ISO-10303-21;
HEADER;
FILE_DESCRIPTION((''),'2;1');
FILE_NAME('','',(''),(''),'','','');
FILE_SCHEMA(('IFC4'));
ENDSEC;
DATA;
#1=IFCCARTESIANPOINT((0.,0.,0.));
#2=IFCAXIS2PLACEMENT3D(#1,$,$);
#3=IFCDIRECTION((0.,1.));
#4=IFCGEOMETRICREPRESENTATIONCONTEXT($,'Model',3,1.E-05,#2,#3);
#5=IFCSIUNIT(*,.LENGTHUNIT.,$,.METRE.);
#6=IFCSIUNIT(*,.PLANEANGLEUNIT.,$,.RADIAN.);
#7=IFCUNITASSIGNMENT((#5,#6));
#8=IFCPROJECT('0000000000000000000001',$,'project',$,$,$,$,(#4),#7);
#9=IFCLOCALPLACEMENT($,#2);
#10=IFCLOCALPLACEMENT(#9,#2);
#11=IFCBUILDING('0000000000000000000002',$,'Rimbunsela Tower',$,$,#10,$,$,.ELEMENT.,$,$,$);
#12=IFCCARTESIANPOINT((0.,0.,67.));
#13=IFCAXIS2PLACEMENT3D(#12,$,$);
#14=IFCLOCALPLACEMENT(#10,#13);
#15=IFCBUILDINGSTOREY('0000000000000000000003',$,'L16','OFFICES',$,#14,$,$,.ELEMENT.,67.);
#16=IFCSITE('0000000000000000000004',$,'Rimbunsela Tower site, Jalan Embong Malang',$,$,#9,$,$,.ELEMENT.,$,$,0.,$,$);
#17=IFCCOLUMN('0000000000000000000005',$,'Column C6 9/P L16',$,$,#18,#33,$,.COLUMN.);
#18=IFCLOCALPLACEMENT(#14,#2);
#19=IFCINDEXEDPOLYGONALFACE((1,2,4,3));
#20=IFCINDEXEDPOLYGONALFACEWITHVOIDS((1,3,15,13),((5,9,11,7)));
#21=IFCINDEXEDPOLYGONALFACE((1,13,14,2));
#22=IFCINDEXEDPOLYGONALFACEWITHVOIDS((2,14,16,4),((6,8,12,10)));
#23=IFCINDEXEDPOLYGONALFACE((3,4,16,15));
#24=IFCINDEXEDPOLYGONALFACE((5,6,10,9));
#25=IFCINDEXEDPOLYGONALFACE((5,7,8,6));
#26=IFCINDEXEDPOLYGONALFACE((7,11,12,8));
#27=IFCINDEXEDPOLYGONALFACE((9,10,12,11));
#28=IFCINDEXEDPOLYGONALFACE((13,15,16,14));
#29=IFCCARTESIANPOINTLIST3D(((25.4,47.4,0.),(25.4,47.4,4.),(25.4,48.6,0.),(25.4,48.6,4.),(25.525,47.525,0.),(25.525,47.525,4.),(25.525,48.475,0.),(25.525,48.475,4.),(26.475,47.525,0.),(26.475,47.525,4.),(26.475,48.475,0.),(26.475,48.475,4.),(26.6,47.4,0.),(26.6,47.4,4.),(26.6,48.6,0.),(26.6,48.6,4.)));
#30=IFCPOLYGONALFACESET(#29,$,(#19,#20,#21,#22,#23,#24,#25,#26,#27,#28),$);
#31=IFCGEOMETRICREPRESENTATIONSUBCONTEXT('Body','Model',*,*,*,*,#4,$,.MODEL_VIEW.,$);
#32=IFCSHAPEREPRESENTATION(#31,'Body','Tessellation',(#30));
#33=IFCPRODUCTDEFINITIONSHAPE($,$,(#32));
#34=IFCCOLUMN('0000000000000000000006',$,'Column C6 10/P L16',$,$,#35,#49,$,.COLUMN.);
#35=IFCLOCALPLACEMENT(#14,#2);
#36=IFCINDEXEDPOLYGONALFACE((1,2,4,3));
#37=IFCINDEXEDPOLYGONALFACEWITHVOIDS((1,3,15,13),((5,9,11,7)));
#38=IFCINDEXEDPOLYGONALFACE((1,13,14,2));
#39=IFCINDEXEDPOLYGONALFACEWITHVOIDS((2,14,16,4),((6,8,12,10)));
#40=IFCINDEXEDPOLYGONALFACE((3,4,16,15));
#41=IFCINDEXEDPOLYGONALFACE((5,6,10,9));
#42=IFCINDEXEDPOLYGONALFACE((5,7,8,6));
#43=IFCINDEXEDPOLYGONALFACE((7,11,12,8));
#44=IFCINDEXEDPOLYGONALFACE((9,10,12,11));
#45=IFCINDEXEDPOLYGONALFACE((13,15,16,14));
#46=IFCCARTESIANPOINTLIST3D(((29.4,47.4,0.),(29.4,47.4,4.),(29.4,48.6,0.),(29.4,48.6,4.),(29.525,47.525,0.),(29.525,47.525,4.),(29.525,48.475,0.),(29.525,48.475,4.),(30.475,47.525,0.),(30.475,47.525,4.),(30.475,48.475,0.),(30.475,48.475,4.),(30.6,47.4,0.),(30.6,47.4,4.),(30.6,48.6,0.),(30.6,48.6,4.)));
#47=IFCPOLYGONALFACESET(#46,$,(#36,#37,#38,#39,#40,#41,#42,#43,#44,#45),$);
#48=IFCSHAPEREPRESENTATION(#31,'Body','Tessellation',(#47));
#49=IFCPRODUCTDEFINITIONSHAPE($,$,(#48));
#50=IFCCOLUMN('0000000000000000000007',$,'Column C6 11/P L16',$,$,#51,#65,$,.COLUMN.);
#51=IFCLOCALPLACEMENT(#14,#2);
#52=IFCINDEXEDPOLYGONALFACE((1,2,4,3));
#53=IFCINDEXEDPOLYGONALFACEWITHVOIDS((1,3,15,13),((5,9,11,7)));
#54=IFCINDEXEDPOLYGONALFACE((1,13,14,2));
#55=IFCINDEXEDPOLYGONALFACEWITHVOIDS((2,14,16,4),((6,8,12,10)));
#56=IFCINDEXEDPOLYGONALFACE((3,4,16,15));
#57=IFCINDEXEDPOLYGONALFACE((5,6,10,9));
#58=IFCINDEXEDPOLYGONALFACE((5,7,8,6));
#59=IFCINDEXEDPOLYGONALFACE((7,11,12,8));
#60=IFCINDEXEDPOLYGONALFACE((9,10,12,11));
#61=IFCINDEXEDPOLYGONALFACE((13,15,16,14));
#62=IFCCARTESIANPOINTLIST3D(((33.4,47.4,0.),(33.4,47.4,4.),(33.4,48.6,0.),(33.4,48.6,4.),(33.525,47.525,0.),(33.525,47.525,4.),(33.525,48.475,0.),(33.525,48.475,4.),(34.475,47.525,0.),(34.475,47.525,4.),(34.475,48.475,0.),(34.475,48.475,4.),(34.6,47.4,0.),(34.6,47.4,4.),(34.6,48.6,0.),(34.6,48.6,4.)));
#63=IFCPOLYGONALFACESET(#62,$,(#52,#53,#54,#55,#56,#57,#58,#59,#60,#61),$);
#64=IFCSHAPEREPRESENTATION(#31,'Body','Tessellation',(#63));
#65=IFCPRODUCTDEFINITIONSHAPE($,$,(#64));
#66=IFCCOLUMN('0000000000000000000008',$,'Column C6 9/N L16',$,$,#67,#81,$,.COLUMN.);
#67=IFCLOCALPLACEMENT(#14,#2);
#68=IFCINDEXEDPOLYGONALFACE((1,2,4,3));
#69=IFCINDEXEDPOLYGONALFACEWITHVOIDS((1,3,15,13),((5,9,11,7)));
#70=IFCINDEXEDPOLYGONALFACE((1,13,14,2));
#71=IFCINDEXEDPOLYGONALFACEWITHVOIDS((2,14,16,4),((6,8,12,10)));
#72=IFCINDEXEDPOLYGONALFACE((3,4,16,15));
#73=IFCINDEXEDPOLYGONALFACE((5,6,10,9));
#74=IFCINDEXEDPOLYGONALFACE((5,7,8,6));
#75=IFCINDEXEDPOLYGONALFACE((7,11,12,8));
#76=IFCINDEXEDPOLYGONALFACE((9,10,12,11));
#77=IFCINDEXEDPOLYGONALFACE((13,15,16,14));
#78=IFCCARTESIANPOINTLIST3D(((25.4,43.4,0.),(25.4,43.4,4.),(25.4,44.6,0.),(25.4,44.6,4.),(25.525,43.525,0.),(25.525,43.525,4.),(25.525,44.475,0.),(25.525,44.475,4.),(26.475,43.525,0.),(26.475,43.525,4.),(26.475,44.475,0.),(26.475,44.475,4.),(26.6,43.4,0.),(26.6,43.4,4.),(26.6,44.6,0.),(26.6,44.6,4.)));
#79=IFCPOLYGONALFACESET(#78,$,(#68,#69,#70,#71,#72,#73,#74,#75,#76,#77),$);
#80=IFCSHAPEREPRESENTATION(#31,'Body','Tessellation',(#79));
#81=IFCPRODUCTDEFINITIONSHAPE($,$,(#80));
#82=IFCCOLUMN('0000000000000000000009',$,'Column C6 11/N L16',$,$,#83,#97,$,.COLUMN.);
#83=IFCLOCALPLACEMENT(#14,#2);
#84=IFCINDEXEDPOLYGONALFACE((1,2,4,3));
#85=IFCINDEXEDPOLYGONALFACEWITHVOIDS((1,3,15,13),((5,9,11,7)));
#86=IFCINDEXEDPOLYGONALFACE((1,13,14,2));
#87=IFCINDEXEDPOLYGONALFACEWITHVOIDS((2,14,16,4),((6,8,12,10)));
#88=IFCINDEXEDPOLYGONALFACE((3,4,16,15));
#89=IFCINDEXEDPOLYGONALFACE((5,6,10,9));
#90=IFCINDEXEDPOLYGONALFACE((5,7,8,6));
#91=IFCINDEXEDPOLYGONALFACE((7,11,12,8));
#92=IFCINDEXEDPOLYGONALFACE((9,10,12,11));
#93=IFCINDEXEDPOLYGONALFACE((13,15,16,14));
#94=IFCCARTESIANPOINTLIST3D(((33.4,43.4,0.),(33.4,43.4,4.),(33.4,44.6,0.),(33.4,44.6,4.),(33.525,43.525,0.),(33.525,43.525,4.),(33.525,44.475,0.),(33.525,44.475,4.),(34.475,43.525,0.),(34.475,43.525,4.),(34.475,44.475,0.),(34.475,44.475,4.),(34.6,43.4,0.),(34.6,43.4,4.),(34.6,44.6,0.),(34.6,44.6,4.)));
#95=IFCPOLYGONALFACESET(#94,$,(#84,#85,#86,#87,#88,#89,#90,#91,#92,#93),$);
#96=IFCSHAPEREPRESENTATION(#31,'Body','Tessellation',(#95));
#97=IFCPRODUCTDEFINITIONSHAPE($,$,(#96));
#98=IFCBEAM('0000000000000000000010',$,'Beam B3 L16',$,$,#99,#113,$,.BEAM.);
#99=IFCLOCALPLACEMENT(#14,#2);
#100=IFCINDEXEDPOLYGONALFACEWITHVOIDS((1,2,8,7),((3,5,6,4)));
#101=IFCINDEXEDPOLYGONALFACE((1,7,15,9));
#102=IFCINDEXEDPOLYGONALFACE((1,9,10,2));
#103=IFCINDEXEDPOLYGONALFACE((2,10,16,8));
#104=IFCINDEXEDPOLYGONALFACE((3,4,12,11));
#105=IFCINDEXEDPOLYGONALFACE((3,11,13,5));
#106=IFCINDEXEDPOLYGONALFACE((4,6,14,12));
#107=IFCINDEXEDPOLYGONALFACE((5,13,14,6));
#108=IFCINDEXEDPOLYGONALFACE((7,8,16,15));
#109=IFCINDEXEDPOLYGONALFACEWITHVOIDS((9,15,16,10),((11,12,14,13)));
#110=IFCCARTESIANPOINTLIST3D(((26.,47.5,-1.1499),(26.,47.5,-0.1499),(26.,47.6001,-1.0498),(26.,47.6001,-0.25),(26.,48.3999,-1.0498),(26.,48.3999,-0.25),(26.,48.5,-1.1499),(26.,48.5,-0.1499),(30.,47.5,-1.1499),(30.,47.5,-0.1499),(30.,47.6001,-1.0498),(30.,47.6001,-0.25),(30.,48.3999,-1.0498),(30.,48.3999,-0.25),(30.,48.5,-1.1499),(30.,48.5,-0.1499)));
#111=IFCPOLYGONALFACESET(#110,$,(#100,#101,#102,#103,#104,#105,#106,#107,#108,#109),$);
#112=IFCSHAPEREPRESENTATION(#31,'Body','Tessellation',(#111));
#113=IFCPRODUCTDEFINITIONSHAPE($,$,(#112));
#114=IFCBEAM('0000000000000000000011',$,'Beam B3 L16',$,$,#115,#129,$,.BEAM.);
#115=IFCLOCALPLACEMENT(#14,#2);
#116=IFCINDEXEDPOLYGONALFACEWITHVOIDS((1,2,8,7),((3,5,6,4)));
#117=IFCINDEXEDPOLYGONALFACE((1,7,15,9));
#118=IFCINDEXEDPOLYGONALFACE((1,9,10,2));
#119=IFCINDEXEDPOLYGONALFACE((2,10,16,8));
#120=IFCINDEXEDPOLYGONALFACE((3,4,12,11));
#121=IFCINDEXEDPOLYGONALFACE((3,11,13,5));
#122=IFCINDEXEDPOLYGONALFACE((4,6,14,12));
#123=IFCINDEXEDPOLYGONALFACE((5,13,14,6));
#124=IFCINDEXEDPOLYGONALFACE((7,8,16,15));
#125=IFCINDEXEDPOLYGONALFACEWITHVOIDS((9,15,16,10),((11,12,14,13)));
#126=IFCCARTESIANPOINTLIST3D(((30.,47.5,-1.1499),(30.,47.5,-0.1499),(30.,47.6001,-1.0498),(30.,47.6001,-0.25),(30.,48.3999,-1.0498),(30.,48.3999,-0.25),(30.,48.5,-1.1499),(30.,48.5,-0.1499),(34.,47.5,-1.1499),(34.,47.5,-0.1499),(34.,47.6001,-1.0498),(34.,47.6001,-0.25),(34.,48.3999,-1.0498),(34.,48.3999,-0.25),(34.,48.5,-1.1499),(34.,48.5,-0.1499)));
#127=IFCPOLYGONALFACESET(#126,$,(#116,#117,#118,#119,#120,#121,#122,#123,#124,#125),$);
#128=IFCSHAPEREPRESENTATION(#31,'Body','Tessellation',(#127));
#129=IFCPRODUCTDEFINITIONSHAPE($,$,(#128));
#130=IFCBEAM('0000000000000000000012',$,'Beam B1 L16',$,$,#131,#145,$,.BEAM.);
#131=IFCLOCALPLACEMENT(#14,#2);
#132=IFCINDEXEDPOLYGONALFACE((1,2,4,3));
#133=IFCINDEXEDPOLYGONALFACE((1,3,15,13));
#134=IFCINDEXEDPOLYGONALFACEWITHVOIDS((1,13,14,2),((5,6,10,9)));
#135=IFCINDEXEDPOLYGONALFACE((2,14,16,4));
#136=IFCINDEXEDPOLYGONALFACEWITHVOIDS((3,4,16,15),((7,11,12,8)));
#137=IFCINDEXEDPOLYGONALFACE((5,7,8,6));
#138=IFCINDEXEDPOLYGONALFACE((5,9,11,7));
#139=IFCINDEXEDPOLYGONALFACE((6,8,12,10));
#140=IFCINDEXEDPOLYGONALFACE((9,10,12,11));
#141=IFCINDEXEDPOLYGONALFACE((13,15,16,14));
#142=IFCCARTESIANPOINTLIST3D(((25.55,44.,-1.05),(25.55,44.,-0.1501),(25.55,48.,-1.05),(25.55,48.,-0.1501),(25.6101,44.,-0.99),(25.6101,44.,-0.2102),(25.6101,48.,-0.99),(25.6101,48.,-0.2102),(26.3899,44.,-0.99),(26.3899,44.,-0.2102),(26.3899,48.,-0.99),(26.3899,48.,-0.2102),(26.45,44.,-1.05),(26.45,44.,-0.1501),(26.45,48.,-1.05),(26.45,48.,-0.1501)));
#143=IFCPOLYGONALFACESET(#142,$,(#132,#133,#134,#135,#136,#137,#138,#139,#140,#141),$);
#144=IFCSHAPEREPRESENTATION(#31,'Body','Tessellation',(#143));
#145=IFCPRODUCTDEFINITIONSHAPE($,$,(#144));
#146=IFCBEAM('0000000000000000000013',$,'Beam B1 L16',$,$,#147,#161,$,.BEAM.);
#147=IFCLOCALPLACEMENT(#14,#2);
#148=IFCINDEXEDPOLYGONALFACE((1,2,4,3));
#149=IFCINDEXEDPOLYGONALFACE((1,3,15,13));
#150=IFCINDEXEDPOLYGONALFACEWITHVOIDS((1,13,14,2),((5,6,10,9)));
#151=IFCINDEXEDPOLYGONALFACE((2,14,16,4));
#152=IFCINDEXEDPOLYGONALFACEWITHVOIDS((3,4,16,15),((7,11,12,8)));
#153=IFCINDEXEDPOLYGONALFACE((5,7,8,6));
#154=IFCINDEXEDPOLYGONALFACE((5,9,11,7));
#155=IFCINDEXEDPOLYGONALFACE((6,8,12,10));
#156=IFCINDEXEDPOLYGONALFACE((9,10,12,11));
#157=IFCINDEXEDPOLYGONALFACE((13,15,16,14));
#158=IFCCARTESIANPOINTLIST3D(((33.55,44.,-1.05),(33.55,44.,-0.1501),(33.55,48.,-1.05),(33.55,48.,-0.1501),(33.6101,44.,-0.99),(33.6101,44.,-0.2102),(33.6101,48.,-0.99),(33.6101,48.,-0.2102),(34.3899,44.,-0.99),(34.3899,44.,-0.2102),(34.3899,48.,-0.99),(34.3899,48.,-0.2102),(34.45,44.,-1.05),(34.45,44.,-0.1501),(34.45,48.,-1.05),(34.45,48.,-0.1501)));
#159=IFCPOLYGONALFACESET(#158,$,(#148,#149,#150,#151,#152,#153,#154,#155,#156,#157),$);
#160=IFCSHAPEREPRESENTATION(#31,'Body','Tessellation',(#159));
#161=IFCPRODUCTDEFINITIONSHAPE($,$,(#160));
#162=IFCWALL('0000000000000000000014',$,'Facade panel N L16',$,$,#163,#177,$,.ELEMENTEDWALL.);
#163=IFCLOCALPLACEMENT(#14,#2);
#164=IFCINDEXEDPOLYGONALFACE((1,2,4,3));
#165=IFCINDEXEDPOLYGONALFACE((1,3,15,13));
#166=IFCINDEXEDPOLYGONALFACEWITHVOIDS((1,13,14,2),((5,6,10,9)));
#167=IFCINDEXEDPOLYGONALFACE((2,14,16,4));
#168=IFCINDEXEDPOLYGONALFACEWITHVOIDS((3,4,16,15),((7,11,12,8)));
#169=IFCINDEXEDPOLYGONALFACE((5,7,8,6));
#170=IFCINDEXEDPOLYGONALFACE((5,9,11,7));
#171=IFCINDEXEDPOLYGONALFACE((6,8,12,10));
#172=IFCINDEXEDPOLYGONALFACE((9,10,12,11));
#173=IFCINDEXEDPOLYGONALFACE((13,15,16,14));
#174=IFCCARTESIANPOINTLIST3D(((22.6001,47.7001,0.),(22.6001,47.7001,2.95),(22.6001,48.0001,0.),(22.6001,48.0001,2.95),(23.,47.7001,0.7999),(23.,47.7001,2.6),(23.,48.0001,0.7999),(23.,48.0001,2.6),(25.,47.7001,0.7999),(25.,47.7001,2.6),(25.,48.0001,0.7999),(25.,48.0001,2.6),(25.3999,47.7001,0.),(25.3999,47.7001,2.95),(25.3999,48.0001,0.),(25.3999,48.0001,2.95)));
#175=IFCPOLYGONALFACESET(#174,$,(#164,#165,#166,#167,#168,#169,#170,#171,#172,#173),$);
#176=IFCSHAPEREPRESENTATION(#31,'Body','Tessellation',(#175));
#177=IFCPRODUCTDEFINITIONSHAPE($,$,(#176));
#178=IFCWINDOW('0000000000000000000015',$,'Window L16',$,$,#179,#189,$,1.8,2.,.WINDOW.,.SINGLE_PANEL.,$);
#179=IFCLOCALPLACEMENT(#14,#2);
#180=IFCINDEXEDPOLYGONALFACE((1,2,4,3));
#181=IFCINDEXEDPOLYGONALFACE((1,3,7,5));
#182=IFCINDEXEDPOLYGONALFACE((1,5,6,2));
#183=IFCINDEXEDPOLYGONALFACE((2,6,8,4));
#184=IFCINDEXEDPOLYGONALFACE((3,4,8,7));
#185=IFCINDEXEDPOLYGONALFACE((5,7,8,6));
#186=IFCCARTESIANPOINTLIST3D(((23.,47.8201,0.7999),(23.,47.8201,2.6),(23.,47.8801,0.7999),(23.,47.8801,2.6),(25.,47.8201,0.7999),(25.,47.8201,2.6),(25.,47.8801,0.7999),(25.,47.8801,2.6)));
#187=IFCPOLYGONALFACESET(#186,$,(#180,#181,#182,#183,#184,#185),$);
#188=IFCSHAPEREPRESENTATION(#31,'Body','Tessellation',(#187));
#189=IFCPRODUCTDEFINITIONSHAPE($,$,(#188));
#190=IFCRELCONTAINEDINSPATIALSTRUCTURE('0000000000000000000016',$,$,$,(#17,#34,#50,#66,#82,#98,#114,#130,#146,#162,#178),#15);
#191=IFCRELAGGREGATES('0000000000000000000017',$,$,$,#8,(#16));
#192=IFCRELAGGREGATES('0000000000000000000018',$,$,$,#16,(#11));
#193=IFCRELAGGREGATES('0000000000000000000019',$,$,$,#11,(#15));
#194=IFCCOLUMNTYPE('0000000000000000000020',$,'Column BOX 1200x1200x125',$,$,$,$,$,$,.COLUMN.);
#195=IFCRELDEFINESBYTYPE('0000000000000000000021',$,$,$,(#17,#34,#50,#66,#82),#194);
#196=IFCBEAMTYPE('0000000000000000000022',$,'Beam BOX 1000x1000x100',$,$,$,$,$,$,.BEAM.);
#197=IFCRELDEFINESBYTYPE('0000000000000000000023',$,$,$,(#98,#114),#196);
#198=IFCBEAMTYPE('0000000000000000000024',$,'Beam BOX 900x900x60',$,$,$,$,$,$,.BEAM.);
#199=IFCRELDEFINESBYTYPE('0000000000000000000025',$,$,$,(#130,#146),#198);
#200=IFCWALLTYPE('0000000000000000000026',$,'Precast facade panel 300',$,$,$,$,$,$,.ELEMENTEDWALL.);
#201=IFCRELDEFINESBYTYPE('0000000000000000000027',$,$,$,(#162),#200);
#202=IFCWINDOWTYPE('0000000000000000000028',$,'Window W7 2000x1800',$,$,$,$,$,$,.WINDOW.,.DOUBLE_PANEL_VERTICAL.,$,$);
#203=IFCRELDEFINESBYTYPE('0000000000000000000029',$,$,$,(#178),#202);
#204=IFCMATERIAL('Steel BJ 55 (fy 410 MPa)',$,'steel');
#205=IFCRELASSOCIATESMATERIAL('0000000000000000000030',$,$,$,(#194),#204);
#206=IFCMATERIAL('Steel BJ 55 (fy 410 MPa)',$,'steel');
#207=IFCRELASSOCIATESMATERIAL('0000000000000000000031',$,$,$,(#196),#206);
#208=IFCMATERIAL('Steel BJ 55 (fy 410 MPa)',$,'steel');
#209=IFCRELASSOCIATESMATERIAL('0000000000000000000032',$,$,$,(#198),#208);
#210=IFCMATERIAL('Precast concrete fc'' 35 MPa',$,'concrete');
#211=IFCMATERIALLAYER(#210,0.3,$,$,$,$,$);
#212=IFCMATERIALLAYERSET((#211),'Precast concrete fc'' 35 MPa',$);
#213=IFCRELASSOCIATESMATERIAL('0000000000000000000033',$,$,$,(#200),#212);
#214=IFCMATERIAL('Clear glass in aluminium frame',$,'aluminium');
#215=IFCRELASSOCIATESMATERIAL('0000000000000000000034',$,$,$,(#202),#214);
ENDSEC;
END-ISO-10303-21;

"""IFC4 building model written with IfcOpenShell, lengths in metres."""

from ifc_helpers import new_model, si_unit, direction, frame, frame_2d, origin, origin_2d, place, context, subcontext, project, spatial, rectangle, hollow_rectangle, extrude, material, layer, layer_set, material_profile, profile_set, type_object, element, fill, save


model = new_model("IFC4")

# Units and contexts
model_context = context("Model", 3, precision=1e-05, world=origin(), true_north=direction((0.0, 1.0)))
body_context = subcontext(model_context, "Body", "Model", "MODEL_VIEW")
ifc_project = project(units=[si_unit("LENGTHUNIT", "METRE"), si_unit("PLANEANGLEUNIT", "RADIAN")], contexts=[model_context])

# Site, building, storey
site_placement = place(None, origin())
site = spatial("IfcSite", under=ifc_project, at=site_placement, Name="Rimbunsela Tower site, Jalan Embong Malang", CompositionType="ELEMENT", RefElevation=0.0)
building_placement = place(site_placement, origin())
building = spatial("IfcBuilding", under=site, at=building_placement, Name="Rimbunsela Tower", CompositionType="ELEMENT")
storey_placement = place(building_placement, frame((0.0, 0.0, 67.0)))
storey = spatial("IfcBuildingStorey", under=building, at=storey_placement, Name="L16", Description="OFFICES", CompositionType="ELEMENT", Elevation=67.0)

# Columns
ifc_material_1 = material(Name="Steel BJ 55 (fy 410 MPa)", Category="steel")
ifc_material_profile_1 = material_profile(ifc_material_1, hollow_rectangle(XDim=1.2, YDim=1.2, WallThickness=0.125, at=origin_2d()), Name="BOX 1200x1200x125")
ifc_profile_set_1 = profile_set([ifc_material_profile_1], Name="Steel BJ 55 (fy 410 MPa)")
column_type = type_object("IfcColumnType", Name="Column BOX 1200x1200x125", PredefinedType="COLUMN", material=ifc_profile_set_1)
for number, where, z_axis, x_axis, name in (
    (1, (26.0, 48.0, 0.0), (0.0, 0.0, 1.0), (1.0, 0.0, 0.0), "Column C6 9/P L16"),
    (2, (30.0, 48.0, 0.0), (0.0, 0.0, 1.0), (1.0, 0.0, 0.0), "Column C6 10/P L16"),
    (3, (34.0, 48.0, 0.0), (0.0, 0.0, 1.0), (1.0, 0.0, 0.0), "Column C6 11/P L16"),
    (4, (26.0, 44.0, 0.0), (0.0, 0.0, 1.0), (1.0, 0.0, 0.0), "Column C6 9/N L16"),
    (5, (34.0, 44.0, 0.0), (0.0, 0.0, 1.0), (1.0, 0.0, 0.0), "Column C6 11/N L16"),
):
    element("IfcColumn", number, at=place(storey_placement, frame(where, z_axis=z_axis, x_axis=x_axis)), inside=storey, type_object=column_type, Name=name, PredefinedType="COLUMN", context=body_context, shape_type="SweptSolid", body=[
        extrude(hollow_rectangle(XDim=1.2, YDim=1.2, WallThickness=0.125, at=origin_2d()), origin(), (0.0, 0.0, 1.0), 4.0),
    ])

# Beams
ifc_material_2 = material(Name="Steel BJ 55 (fy 410 MPa)", Category="steel")
ifc_material_profile_2 = material_profile(ifc_material_2, hollow_rectangle(XDim=1.0, YDim=1.0, WallThickness=0.1001, at=origin_2d()), Name="BOX 1000x1000x100")
ifc_profile_set_2 = profile_set([ifc_material_profile_2], Name="Steel BJ 55 (fy 410 MPa)")
beam_type_1 = type_object("IfcBeamType", Name="Beam BOX 1000x1000x100", PredefinedType="BEAM", material=ifc_profile_set_2)
for number, where, z_axis, x_axis, name in (
    (6, (26.0, 48.0, -0.6499), (1.0, 0.0, 0.0), (0.0, 1.0, 0.0), "Beam B3 L16"),
    (7, (30.0, 48.0, -0.6499), (1.0, 0.0, 0.0), (0.0, 1.0, 0.0), "Beam B3 L16"),
):
    element("IfcBeam", number, at=place(storey_placement, frame(where, z_axis=z_axis, x_axis=x_axis)), inside=storey, type_object=beam_type_1, Name=name, PredefinedType="BEAM", context=body_context, shape_type="SweptSolid", body=[
        extrude(hollow_rectangle(XDim=1.0, YDim=1.0, WallThickness=0.1001, at=origin_2d()), origin(), (0.0, 0.0, 1.0), 4.0),
    ])
ifc_material_3 = material(Name="Steel BJ 55 (fy 410 MPa)", Category="steel")
ifc_material_profile_3 = material_profile(ifc_material_3, hollow_rectangle(XDim=0.8999, YDim=0.8999, WallThickness=0.0601, at=origin_2d()), Name="BOX 900x900x60")
ifc_profile_set_3 = profile_set([ifc_material_profile_3], Name="Steel BJ 55 (fy 410 MPa)")
beam_type_2 = type_object("IfcBeamType", Name="Beam BOX 900x900x60", PredefinedType="BEAM", material=ifc_profile_set_3)
for number, where, z_axis, x_axis, name in (
    (8, (26.0, 44.0, -0.6001), (0.0, 1.0, 0.0), (-1.0, 0.0, 0.0), "Beam B1 L16"),
    (9, (34.0, 44.0, -0.6001), (0.0, 1.0, 0.0), (-1.0, 0.0, 0.0), "Beam B1 L16"),
):
    element("IfcBeam", number, at=place(storey_placement, frame(where, z_axis=z_axis, x_axis=x_axis)), inside=storey, type_object=beam_type_2, Name=name, PredefinedType="BEAM", context=body_context, shape_type="SweptSolid", body=[
        extrude(hollow_rectangle(XDim=0.8999, YDim=0.8999, WallThickness=0.0601, at=origin_2d()), origin(), (0.0, 0.0, 1.0), 4.0),
    ])

# Wall, opening, window
ifc_material_4 = material(Name="Precast concrete fc' 35 MPa", Category="concrete")
ifc_layer_1 = layer(ifc_material_4, 0.3)
ifc_layer_set_1 = layer_set([ifc_layer_1], Name="Precast concrete fc' 35 MPa")
wall_type_1 = type_object("IfcWallType", Name="Precast facade panel 300", PredefinedType="ELEMENTEDWALL", material=ifc_layer_set_1)
wall_1_placement = place(storey_placement, frame((25.3999, 47.8501, 0.0), z_axis=(0.0, 0.0, 1.0), x_axis=(-1.0, 0.0, 0.0)))
wall_1 = element("IfcWall", 10, at=wall_1_placement, inside=storey, type_object=wall_type_1, Name="Facade panel N L16", PredefinedType="ELEMENTEDWALL", context=body_context, shape_type="SweptSolid", body=[
    extrude(rectangle(XDim=2.7998, YDim=0.3, at=frame_2d((1.3999, 0.0))), origin(), (0.0, 0.0, 1.0), 2.95),
])
opening_1_placement = place(wall_1_placement, frame((0.3999, 0.0, 0.8)))
opening_1 = element("IfcOpeningElement", 11, at=opening_1_placement, cuts=wall_1, PredefinedType="OPENING", context=body_context, shape_type="SweptSolid", body=[
    extrude(rectangle(XDim=2.0, YDim=1.8, at=frame_2d((1.0, 0.8999))), frame((0.0, 0.1599, 0.0), z_axis=(0.0, -1.0, 0.0), x_axis=(1.0, 0.0, 0.0)), (0.0, 0.0, 1.0), 0.3201),
])
ifc_material_5 = material(Name="Clear glass in aluminium frame", Category="aluminium")
window_type_1 = type_object("IfcWindowType", Name="Window W7 2000x1800", PartitioningType="DOUBLE_PANEL_VERTICAL", PredefinedType="WINDOW", material=ifc_material_5)
window_1_placement = place(opening_1_placement, origin())
window_1 = element("IfcWindow", 12, at=window_1_placement, inside=storey, type_object=window_type_1, Name="Window L16", OverallHeight=1.8, OverallWidth=2.0, PartitioningType="SINGLE_PANEL", PredefinedType="WINDOW", context=body_context, shape_type="SweptSolid", body=[
    extrude(rectangle(XDim=2.0, YDim=1.8, at=frame_2d((1.0, 0.8999))), frame((0.0, 0.03, 0.0), z_axis=(0.0, -1.0, 0.0), x_axis=(1.0, 0.0, 0.0)), (0.0, 0.0, 1.0), 0.0601),
])
fill(opening_1, window_1)

save(model, "model.ifc")
